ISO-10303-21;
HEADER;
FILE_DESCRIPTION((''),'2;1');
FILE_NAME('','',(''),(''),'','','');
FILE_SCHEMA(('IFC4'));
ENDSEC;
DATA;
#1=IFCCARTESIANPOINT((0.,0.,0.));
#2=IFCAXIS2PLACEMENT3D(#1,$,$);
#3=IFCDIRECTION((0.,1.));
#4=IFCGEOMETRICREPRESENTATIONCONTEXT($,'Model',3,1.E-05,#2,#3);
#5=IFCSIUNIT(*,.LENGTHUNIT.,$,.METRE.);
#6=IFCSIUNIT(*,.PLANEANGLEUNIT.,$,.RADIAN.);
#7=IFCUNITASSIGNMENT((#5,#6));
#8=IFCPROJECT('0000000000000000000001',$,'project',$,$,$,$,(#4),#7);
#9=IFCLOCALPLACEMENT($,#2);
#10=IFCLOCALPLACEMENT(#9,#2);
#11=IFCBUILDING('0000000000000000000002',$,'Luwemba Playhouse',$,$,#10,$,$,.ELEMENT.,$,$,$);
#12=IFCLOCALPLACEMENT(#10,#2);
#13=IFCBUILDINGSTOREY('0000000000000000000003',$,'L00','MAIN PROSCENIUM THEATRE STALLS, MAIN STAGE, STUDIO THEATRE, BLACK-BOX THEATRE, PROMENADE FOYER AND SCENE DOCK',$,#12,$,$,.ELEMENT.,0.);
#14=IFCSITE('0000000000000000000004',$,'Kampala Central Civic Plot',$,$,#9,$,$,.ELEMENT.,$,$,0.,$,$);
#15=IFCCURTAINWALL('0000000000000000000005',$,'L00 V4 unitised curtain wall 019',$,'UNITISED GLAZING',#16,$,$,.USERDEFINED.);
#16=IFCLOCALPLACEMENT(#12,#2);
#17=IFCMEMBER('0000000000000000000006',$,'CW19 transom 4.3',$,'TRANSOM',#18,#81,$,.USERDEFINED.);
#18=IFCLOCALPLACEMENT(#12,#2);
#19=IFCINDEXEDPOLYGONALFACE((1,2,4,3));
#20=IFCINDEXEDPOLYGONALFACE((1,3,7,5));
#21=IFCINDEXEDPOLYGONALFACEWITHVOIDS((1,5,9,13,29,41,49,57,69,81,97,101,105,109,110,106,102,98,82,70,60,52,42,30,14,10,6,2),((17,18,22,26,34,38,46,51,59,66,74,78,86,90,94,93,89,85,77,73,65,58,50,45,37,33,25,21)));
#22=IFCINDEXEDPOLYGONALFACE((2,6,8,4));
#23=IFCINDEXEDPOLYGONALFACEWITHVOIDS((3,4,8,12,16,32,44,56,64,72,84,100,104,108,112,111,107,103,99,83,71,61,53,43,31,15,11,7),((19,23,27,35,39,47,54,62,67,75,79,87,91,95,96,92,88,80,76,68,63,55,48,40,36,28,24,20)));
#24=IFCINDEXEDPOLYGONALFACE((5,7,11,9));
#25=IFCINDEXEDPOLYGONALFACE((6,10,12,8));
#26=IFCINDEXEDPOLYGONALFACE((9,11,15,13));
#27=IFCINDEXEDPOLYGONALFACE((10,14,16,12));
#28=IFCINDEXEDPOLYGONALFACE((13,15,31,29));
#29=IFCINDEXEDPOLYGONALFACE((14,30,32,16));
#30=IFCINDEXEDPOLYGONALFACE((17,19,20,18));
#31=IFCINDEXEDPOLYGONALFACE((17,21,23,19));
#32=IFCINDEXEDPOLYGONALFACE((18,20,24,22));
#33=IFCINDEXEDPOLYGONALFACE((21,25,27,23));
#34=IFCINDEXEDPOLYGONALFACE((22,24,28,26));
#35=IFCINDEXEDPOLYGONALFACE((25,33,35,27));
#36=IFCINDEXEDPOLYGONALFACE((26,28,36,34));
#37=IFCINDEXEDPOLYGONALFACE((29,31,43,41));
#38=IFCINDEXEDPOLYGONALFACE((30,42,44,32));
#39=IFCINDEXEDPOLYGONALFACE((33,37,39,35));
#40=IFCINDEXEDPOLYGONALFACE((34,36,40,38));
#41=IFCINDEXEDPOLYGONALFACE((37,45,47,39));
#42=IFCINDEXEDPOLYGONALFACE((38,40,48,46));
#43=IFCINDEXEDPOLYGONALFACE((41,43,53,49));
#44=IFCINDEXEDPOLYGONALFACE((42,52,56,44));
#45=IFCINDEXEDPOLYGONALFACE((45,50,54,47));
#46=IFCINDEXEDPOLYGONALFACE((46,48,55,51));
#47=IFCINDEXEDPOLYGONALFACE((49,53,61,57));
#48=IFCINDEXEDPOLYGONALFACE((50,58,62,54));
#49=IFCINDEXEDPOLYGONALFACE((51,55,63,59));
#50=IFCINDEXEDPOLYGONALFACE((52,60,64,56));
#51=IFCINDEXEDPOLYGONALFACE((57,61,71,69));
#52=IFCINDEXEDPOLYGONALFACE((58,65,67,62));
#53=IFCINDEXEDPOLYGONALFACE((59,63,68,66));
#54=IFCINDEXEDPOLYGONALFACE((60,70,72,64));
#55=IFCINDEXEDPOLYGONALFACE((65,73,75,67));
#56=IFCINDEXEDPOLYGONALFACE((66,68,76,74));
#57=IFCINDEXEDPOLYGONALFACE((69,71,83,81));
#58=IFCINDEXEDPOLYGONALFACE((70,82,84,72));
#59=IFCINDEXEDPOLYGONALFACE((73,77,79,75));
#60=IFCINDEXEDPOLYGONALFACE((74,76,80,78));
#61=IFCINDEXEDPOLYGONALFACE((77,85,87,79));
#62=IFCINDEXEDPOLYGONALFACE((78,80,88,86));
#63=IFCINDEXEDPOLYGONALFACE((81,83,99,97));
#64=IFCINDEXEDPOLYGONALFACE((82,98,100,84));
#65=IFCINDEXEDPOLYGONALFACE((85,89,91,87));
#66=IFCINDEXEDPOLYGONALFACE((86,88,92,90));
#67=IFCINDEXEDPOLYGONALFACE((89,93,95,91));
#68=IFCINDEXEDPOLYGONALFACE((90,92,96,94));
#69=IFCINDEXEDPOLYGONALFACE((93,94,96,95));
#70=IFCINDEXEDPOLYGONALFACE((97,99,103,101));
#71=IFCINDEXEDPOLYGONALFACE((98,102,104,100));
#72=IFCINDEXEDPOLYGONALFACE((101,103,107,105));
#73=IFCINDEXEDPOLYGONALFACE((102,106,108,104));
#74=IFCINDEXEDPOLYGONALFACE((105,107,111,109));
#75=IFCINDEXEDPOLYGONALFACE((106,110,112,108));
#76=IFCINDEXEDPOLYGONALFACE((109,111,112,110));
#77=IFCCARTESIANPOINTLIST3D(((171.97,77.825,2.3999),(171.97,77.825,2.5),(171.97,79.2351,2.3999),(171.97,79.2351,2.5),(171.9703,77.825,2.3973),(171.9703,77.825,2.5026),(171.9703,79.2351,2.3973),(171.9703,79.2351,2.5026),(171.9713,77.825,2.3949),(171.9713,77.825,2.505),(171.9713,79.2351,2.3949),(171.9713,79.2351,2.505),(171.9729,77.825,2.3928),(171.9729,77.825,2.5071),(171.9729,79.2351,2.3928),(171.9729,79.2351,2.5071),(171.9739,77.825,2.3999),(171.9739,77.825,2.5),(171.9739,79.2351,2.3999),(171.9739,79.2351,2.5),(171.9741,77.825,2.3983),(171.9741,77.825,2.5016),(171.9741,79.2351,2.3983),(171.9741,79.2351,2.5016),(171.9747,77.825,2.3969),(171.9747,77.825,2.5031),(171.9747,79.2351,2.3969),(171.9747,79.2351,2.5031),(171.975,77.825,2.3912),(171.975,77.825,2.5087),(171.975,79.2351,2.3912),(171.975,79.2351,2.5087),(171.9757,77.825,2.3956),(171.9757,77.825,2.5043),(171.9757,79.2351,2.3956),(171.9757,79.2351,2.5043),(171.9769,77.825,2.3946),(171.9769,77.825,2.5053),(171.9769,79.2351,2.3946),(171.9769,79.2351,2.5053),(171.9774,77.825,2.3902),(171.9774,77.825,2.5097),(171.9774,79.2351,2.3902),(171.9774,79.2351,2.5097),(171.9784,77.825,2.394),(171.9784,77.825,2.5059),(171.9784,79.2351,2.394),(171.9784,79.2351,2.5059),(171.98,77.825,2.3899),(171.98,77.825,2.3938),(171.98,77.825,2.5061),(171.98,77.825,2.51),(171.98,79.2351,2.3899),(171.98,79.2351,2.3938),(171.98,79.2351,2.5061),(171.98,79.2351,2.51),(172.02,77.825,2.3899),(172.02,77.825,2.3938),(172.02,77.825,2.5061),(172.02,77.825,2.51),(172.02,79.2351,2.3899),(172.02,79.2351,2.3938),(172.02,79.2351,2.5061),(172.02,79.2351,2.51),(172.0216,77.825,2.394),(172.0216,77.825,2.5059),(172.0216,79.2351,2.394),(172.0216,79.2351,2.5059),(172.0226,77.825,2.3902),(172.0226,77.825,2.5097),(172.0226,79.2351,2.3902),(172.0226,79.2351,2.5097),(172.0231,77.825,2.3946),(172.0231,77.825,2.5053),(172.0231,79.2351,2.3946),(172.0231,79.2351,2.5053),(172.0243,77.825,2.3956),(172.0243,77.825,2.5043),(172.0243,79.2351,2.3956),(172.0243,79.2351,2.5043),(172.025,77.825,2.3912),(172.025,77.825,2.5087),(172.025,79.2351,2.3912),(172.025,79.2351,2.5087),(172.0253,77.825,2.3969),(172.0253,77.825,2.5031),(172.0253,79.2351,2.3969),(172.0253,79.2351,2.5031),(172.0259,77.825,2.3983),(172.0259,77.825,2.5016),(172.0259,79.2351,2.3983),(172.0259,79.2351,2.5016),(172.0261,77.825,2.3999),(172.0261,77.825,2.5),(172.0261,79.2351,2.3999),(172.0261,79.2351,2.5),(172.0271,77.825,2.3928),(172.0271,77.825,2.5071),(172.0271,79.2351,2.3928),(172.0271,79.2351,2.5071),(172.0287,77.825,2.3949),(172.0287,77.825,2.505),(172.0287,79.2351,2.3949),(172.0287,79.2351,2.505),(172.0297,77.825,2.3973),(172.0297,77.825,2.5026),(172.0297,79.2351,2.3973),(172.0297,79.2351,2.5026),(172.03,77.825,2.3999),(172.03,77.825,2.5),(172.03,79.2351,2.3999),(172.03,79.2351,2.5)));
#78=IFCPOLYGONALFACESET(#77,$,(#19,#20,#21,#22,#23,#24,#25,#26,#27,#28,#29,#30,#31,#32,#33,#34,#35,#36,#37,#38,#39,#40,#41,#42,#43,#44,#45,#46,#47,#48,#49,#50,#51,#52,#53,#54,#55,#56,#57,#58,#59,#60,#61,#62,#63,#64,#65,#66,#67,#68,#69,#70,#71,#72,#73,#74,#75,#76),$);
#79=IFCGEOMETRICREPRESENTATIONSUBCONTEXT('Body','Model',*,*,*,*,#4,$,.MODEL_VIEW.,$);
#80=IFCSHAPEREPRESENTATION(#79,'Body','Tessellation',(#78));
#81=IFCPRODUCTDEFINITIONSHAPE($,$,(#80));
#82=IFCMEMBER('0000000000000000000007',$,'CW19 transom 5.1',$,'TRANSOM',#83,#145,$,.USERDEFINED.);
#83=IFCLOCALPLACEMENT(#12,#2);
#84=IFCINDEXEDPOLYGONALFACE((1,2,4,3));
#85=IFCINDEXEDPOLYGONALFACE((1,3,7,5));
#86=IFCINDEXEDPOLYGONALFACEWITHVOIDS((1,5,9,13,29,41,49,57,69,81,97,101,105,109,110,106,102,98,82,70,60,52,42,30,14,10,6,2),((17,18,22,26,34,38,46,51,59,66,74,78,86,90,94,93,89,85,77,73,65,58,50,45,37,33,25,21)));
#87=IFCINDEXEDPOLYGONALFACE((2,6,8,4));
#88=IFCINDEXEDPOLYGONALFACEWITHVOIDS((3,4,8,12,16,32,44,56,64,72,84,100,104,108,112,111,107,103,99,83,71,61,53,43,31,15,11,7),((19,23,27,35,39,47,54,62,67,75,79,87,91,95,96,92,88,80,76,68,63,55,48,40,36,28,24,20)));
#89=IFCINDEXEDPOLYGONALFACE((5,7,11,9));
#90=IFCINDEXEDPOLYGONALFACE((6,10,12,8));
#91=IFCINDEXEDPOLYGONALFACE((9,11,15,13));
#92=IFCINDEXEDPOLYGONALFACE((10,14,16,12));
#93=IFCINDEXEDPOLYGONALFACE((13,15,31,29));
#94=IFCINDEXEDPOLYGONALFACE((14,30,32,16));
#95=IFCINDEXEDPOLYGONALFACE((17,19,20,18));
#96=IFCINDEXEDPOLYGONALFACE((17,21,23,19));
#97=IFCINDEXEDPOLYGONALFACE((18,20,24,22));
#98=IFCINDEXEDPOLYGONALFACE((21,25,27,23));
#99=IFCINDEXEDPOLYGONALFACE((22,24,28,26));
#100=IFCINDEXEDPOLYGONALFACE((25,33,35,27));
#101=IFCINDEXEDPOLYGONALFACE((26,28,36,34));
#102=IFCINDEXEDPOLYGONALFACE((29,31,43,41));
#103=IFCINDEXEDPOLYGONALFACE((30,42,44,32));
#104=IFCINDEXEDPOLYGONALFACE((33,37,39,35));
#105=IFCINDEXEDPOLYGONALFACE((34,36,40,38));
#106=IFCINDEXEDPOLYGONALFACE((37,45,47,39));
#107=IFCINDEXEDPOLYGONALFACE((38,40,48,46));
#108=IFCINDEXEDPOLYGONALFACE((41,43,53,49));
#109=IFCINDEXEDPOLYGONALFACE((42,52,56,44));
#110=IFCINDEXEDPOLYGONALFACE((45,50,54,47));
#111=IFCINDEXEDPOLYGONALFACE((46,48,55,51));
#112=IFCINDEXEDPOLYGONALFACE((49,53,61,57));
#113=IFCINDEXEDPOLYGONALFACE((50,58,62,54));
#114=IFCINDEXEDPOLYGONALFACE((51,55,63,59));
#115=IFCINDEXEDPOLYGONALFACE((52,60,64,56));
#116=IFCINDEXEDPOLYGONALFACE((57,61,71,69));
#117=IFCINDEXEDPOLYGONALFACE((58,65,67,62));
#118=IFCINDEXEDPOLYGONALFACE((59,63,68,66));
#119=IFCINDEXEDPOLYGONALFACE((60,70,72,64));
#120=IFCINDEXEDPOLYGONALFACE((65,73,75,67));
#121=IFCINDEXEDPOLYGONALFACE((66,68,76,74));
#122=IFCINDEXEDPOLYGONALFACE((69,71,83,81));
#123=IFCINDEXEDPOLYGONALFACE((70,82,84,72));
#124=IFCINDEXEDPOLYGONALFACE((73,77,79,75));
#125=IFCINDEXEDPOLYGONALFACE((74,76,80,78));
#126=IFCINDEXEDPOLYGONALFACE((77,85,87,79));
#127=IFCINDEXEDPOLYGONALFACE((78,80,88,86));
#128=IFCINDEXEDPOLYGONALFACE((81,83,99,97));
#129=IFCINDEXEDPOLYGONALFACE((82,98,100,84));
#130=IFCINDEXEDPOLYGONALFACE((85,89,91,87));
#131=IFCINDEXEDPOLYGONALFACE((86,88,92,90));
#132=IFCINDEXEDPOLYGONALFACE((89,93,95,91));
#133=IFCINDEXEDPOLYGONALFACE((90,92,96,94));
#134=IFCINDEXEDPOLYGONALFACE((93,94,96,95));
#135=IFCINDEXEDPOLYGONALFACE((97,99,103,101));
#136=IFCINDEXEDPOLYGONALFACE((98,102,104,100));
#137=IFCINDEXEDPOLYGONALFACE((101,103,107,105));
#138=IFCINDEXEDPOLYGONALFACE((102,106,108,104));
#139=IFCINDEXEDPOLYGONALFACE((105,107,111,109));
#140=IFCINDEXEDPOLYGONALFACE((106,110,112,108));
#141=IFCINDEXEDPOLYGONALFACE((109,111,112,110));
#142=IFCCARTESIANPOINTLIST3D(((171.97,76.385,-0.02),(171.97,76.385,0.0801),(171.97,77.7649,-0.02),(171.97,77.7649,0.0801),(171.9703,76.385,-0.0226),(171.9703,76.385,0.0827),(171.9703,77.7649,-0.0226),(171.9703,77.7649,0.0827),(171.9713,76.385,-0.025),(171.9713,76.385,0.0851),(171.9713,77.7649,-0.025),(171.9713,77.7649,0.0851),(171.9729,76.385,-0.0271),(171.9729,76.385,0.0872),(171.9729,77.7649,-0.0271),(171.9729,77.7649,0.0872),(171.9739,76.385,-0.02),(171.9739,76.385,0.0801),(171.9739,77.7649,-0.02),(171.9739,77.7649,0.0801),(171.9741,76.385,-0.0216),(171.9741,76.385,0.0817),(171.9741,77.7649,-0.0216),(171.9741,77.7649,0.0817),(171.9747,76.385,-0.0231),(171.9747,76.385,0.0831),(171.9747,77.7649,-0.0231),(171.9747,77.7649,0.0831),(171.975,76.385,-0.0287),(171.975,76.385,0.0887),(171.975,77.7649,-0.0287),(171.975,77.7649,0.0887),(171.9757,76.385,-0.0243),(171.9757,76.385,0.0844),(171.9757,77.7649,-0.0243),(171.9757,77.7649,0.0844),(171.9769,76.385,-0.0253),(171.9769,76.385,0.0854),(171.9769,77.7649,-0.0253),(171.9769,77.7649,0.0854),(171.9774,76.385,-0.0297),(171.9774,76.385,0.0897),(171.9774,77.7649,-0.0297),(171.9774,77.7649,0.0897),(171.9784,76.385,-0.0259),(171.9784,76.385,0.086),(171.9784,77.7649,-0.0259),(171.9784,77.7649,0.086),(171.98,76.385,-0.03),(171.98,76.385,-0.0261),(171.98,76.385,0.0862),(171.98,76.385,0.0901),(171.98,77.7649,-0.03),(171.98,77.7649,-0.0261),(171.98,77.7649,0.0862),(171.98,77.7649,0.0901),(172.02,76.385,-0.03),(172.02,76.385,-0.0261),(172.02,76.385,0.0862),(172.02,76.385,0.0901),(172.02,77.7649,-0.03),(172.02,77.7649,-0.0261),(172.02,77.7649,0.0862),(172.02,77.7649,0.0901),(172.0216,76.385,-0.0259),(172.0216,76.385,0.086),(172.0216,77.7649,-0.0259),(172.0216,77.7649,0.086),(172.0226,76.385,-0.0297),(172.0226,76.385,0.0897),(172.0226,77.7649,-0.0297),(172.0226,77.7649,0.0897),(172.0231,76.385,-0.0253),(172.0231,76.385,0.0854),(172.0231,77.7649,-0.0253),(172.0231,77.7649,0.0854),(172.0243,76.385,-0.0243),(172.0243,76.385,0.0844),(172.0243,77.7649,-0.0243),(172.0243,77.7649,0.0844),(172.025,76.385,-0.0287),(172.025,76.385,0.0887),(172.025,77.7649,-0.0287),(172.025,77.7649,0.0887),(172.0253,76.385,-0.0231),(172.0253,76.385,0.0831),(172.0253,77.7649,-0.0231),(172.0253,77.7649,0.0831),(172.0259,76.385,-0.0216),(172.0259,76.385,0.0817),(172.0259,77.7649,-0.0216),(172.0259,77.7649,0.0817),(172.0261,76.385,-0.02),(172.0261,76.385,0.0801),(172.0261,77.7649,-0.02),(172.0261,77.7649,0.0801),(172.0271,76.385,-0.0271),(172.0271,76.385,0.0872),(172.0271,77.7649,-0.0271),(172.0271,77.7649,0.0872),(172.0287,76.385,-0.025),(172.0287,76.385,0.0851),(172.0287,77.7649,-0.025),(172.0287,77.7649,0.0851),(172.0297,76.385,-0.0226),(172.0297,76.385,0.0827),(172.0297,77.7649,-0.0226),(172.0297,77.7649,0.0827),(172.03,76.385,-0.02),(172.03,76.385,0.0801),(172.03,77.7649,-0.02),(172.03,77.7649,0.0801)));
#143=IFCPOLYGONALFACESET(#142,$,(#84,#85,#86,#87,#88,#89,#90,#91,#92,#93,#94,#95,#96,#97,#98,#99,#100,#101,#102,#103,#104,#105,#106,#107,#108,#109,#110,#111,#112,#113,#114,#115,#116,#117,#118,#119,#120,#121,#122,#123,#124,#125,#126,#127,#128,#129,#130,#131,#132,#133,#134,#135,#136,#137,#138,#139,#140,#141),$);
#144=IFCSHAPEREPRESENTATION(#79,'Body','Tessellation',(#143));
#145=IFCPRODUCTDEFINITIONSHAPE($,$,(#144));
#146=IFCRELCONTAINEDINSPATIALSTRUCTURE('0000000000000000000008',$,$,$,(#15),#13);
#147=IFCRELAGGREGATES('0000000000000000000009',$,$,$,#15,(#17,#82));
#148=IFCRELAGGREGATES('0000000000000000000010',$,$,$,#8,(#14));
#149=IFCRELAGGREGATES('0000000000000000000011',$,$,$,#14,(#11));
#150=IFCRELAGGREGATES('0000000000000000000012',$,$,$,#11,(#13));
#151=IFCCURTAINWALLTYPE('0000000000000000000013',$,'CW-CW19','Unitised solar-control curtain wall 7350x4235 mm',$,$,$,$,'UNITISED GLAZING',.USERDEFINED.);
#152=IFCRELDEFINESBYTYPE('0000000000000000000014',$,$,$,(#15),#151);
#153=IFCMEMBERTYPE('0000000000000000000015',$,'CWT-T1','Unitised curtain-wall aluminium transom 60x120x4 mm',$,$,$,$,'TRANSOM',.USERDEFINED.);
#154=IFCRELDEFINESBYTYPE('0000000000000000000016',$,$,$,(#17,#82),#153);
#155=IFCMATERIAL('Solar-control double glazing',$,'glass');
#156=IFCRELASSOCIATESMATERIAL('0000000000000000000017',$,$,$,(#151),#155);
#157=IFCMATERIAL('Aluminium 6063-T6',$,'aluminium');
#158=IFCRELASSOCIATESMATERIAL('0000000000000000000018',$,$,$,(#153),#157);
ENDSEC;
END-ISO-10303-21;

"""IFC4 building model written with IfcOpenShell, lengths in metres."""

from ifc_helpers import new_model, si_unit, direction, frame, origin, origin_2d, place, context, subcontext, project, spatial, hollow_rectangle, extrude, material, material_profile, profile_set, type_object, element, aggregate, save


model = new_model("IFC4")

# Units and contexts
model_context = context("Model", 3, precision=1e-05, world=origin(), true_north=direction((0.0, 1.0)))
body_context = subcontext(model_context, "Body", "Model", "MODEL_VIEW")
ifc_project = project(units=[si_unit("LENGTHUNIT", "METRE"), si_unit("PLANEANGLEUNIT", "RADIAN")], contexts=[model_context])

# Site, building, storey
site_placement = place(None, origin())
site = spatial("IfcSite", under=ifc_project, at=site_placement, Name="Kampala Central Civic Plot", CompositionType="ELEMENT", RefElevation=0.0)
building_placement = place(site_placement, origin())
building = spatial("IfcBuilding", under=site, at=building_placement, Name="Luwemba Playhouse", CompositionType="ELEMENT")
storey_placement = place(building_placement, origin())
storey = spatial("IfcBuildingStorey", under=building, at=storey_placement, Name="L00", Description="MAIN PROSCENIUM THEATRE STALLS, MAIN STAGE, STUDIO THEATRE, BLACK-BOX THEATRE, PROMENADE FOYER AND SCENE DOCK", CompositionType="ELEMENT", Elevation=0.0)

# Curtain wall, members
ifc_material_1 = material(Name="Solar-control double glazing", Category="glass")
curtain_wall_type = type_object("IfcCurtainWallType", Name="CW-CW19", Description="Unitised solar-control curtain wall 7350x4235 mm", ElementType="UNITISED GLAZING", PredefinedType="USERDEFINED", material=ifc_material_1)
curtain_wall_placement = place(storey_placement, origin())
curtain_wall = element("IfcCurtainWall", 1, at=curtain_wall_placement, inside=storey, type_object=curtain_wall_type, Name="L00 V4 unitised curtain wall 019", ObjectType="UNITISED GLAZING", PredefinedType="USERDEFINED")
ifc_material_2 = material(Name="Aluminium 6063-T6", Category="aluminium")
ifc_material_profile_1 = material_profile(ifc_material_2, hollow_rectangle(XDim=0.0601, YDim=0.1201, WallThickness=0.0039, InnerFilletRadius=0.0061, OuterFilletRadius=0.01, at=origin_2d()))
ifc_profile_set_1 = profile_set([ifc_material_profile_1], Name="Aluminium 6063-T6")
member_type_1 = type_object("IfcMemberType", Name="CWT-T1", Description="Unitised curtain-wall aluminium transom 60x120x4 mm", ElementType="TRANSOM", PredefinedType="USERDEFINED", material=ifc_profile_set_1)
member_1_placement = place(storey_placement, frame((172.0, 79.2351, 2.45), z_axis=(0.0, -1.0, 0.0), x_axis=(1.0, 0.0, 0.0)))
member_1 = element("IfcMember", 2, at=member_1_placement, type_object=member_type_1, Name="CW19 transom 4.3", ObjectType="TRANSOM", PredefinedType="USERDEFINED", context=body_context, shape_type="SweptSolid", body=[
    extrude(hollow_rectangle(XDim=0.0601, YDim=0.1201, WallThickness=0.0039, InnerFilletRadius=0.0061, OuterFilletRadius=0.01, at=origin_2d()), origin(), (0.0, 0.0, 1.0), 1.4102),
])
member_2_placement = place(storey_placement, frame((172.0, 77.7649, 0.03), z_axis=(0.0, -1.0, 0.0), x_axis=(1.0, 0.0, 0.0)))
member_2 = element("IfcMember", 3, at=member_2_placement, type_object=member_type_1, Name="CW19 transom 5.1", ObjectType="TRANSOM", PredefinedType="USERDEFINED", context=body_context, shape_type="SweptSolid", body=[
    extrude(hollow_rectangle(XDim=0.0601, YDim=0.1201, WallThickness=0.0039, InnerFilletRadius=0.0061, OuterFilletRadius=0.01, at=origin_2d()), origin(), (0.0, 0.0, 1.0), 1.3799),
])
aggregate(curtain_wall, [member_1, member_2])

save(model, "model.ifc")
